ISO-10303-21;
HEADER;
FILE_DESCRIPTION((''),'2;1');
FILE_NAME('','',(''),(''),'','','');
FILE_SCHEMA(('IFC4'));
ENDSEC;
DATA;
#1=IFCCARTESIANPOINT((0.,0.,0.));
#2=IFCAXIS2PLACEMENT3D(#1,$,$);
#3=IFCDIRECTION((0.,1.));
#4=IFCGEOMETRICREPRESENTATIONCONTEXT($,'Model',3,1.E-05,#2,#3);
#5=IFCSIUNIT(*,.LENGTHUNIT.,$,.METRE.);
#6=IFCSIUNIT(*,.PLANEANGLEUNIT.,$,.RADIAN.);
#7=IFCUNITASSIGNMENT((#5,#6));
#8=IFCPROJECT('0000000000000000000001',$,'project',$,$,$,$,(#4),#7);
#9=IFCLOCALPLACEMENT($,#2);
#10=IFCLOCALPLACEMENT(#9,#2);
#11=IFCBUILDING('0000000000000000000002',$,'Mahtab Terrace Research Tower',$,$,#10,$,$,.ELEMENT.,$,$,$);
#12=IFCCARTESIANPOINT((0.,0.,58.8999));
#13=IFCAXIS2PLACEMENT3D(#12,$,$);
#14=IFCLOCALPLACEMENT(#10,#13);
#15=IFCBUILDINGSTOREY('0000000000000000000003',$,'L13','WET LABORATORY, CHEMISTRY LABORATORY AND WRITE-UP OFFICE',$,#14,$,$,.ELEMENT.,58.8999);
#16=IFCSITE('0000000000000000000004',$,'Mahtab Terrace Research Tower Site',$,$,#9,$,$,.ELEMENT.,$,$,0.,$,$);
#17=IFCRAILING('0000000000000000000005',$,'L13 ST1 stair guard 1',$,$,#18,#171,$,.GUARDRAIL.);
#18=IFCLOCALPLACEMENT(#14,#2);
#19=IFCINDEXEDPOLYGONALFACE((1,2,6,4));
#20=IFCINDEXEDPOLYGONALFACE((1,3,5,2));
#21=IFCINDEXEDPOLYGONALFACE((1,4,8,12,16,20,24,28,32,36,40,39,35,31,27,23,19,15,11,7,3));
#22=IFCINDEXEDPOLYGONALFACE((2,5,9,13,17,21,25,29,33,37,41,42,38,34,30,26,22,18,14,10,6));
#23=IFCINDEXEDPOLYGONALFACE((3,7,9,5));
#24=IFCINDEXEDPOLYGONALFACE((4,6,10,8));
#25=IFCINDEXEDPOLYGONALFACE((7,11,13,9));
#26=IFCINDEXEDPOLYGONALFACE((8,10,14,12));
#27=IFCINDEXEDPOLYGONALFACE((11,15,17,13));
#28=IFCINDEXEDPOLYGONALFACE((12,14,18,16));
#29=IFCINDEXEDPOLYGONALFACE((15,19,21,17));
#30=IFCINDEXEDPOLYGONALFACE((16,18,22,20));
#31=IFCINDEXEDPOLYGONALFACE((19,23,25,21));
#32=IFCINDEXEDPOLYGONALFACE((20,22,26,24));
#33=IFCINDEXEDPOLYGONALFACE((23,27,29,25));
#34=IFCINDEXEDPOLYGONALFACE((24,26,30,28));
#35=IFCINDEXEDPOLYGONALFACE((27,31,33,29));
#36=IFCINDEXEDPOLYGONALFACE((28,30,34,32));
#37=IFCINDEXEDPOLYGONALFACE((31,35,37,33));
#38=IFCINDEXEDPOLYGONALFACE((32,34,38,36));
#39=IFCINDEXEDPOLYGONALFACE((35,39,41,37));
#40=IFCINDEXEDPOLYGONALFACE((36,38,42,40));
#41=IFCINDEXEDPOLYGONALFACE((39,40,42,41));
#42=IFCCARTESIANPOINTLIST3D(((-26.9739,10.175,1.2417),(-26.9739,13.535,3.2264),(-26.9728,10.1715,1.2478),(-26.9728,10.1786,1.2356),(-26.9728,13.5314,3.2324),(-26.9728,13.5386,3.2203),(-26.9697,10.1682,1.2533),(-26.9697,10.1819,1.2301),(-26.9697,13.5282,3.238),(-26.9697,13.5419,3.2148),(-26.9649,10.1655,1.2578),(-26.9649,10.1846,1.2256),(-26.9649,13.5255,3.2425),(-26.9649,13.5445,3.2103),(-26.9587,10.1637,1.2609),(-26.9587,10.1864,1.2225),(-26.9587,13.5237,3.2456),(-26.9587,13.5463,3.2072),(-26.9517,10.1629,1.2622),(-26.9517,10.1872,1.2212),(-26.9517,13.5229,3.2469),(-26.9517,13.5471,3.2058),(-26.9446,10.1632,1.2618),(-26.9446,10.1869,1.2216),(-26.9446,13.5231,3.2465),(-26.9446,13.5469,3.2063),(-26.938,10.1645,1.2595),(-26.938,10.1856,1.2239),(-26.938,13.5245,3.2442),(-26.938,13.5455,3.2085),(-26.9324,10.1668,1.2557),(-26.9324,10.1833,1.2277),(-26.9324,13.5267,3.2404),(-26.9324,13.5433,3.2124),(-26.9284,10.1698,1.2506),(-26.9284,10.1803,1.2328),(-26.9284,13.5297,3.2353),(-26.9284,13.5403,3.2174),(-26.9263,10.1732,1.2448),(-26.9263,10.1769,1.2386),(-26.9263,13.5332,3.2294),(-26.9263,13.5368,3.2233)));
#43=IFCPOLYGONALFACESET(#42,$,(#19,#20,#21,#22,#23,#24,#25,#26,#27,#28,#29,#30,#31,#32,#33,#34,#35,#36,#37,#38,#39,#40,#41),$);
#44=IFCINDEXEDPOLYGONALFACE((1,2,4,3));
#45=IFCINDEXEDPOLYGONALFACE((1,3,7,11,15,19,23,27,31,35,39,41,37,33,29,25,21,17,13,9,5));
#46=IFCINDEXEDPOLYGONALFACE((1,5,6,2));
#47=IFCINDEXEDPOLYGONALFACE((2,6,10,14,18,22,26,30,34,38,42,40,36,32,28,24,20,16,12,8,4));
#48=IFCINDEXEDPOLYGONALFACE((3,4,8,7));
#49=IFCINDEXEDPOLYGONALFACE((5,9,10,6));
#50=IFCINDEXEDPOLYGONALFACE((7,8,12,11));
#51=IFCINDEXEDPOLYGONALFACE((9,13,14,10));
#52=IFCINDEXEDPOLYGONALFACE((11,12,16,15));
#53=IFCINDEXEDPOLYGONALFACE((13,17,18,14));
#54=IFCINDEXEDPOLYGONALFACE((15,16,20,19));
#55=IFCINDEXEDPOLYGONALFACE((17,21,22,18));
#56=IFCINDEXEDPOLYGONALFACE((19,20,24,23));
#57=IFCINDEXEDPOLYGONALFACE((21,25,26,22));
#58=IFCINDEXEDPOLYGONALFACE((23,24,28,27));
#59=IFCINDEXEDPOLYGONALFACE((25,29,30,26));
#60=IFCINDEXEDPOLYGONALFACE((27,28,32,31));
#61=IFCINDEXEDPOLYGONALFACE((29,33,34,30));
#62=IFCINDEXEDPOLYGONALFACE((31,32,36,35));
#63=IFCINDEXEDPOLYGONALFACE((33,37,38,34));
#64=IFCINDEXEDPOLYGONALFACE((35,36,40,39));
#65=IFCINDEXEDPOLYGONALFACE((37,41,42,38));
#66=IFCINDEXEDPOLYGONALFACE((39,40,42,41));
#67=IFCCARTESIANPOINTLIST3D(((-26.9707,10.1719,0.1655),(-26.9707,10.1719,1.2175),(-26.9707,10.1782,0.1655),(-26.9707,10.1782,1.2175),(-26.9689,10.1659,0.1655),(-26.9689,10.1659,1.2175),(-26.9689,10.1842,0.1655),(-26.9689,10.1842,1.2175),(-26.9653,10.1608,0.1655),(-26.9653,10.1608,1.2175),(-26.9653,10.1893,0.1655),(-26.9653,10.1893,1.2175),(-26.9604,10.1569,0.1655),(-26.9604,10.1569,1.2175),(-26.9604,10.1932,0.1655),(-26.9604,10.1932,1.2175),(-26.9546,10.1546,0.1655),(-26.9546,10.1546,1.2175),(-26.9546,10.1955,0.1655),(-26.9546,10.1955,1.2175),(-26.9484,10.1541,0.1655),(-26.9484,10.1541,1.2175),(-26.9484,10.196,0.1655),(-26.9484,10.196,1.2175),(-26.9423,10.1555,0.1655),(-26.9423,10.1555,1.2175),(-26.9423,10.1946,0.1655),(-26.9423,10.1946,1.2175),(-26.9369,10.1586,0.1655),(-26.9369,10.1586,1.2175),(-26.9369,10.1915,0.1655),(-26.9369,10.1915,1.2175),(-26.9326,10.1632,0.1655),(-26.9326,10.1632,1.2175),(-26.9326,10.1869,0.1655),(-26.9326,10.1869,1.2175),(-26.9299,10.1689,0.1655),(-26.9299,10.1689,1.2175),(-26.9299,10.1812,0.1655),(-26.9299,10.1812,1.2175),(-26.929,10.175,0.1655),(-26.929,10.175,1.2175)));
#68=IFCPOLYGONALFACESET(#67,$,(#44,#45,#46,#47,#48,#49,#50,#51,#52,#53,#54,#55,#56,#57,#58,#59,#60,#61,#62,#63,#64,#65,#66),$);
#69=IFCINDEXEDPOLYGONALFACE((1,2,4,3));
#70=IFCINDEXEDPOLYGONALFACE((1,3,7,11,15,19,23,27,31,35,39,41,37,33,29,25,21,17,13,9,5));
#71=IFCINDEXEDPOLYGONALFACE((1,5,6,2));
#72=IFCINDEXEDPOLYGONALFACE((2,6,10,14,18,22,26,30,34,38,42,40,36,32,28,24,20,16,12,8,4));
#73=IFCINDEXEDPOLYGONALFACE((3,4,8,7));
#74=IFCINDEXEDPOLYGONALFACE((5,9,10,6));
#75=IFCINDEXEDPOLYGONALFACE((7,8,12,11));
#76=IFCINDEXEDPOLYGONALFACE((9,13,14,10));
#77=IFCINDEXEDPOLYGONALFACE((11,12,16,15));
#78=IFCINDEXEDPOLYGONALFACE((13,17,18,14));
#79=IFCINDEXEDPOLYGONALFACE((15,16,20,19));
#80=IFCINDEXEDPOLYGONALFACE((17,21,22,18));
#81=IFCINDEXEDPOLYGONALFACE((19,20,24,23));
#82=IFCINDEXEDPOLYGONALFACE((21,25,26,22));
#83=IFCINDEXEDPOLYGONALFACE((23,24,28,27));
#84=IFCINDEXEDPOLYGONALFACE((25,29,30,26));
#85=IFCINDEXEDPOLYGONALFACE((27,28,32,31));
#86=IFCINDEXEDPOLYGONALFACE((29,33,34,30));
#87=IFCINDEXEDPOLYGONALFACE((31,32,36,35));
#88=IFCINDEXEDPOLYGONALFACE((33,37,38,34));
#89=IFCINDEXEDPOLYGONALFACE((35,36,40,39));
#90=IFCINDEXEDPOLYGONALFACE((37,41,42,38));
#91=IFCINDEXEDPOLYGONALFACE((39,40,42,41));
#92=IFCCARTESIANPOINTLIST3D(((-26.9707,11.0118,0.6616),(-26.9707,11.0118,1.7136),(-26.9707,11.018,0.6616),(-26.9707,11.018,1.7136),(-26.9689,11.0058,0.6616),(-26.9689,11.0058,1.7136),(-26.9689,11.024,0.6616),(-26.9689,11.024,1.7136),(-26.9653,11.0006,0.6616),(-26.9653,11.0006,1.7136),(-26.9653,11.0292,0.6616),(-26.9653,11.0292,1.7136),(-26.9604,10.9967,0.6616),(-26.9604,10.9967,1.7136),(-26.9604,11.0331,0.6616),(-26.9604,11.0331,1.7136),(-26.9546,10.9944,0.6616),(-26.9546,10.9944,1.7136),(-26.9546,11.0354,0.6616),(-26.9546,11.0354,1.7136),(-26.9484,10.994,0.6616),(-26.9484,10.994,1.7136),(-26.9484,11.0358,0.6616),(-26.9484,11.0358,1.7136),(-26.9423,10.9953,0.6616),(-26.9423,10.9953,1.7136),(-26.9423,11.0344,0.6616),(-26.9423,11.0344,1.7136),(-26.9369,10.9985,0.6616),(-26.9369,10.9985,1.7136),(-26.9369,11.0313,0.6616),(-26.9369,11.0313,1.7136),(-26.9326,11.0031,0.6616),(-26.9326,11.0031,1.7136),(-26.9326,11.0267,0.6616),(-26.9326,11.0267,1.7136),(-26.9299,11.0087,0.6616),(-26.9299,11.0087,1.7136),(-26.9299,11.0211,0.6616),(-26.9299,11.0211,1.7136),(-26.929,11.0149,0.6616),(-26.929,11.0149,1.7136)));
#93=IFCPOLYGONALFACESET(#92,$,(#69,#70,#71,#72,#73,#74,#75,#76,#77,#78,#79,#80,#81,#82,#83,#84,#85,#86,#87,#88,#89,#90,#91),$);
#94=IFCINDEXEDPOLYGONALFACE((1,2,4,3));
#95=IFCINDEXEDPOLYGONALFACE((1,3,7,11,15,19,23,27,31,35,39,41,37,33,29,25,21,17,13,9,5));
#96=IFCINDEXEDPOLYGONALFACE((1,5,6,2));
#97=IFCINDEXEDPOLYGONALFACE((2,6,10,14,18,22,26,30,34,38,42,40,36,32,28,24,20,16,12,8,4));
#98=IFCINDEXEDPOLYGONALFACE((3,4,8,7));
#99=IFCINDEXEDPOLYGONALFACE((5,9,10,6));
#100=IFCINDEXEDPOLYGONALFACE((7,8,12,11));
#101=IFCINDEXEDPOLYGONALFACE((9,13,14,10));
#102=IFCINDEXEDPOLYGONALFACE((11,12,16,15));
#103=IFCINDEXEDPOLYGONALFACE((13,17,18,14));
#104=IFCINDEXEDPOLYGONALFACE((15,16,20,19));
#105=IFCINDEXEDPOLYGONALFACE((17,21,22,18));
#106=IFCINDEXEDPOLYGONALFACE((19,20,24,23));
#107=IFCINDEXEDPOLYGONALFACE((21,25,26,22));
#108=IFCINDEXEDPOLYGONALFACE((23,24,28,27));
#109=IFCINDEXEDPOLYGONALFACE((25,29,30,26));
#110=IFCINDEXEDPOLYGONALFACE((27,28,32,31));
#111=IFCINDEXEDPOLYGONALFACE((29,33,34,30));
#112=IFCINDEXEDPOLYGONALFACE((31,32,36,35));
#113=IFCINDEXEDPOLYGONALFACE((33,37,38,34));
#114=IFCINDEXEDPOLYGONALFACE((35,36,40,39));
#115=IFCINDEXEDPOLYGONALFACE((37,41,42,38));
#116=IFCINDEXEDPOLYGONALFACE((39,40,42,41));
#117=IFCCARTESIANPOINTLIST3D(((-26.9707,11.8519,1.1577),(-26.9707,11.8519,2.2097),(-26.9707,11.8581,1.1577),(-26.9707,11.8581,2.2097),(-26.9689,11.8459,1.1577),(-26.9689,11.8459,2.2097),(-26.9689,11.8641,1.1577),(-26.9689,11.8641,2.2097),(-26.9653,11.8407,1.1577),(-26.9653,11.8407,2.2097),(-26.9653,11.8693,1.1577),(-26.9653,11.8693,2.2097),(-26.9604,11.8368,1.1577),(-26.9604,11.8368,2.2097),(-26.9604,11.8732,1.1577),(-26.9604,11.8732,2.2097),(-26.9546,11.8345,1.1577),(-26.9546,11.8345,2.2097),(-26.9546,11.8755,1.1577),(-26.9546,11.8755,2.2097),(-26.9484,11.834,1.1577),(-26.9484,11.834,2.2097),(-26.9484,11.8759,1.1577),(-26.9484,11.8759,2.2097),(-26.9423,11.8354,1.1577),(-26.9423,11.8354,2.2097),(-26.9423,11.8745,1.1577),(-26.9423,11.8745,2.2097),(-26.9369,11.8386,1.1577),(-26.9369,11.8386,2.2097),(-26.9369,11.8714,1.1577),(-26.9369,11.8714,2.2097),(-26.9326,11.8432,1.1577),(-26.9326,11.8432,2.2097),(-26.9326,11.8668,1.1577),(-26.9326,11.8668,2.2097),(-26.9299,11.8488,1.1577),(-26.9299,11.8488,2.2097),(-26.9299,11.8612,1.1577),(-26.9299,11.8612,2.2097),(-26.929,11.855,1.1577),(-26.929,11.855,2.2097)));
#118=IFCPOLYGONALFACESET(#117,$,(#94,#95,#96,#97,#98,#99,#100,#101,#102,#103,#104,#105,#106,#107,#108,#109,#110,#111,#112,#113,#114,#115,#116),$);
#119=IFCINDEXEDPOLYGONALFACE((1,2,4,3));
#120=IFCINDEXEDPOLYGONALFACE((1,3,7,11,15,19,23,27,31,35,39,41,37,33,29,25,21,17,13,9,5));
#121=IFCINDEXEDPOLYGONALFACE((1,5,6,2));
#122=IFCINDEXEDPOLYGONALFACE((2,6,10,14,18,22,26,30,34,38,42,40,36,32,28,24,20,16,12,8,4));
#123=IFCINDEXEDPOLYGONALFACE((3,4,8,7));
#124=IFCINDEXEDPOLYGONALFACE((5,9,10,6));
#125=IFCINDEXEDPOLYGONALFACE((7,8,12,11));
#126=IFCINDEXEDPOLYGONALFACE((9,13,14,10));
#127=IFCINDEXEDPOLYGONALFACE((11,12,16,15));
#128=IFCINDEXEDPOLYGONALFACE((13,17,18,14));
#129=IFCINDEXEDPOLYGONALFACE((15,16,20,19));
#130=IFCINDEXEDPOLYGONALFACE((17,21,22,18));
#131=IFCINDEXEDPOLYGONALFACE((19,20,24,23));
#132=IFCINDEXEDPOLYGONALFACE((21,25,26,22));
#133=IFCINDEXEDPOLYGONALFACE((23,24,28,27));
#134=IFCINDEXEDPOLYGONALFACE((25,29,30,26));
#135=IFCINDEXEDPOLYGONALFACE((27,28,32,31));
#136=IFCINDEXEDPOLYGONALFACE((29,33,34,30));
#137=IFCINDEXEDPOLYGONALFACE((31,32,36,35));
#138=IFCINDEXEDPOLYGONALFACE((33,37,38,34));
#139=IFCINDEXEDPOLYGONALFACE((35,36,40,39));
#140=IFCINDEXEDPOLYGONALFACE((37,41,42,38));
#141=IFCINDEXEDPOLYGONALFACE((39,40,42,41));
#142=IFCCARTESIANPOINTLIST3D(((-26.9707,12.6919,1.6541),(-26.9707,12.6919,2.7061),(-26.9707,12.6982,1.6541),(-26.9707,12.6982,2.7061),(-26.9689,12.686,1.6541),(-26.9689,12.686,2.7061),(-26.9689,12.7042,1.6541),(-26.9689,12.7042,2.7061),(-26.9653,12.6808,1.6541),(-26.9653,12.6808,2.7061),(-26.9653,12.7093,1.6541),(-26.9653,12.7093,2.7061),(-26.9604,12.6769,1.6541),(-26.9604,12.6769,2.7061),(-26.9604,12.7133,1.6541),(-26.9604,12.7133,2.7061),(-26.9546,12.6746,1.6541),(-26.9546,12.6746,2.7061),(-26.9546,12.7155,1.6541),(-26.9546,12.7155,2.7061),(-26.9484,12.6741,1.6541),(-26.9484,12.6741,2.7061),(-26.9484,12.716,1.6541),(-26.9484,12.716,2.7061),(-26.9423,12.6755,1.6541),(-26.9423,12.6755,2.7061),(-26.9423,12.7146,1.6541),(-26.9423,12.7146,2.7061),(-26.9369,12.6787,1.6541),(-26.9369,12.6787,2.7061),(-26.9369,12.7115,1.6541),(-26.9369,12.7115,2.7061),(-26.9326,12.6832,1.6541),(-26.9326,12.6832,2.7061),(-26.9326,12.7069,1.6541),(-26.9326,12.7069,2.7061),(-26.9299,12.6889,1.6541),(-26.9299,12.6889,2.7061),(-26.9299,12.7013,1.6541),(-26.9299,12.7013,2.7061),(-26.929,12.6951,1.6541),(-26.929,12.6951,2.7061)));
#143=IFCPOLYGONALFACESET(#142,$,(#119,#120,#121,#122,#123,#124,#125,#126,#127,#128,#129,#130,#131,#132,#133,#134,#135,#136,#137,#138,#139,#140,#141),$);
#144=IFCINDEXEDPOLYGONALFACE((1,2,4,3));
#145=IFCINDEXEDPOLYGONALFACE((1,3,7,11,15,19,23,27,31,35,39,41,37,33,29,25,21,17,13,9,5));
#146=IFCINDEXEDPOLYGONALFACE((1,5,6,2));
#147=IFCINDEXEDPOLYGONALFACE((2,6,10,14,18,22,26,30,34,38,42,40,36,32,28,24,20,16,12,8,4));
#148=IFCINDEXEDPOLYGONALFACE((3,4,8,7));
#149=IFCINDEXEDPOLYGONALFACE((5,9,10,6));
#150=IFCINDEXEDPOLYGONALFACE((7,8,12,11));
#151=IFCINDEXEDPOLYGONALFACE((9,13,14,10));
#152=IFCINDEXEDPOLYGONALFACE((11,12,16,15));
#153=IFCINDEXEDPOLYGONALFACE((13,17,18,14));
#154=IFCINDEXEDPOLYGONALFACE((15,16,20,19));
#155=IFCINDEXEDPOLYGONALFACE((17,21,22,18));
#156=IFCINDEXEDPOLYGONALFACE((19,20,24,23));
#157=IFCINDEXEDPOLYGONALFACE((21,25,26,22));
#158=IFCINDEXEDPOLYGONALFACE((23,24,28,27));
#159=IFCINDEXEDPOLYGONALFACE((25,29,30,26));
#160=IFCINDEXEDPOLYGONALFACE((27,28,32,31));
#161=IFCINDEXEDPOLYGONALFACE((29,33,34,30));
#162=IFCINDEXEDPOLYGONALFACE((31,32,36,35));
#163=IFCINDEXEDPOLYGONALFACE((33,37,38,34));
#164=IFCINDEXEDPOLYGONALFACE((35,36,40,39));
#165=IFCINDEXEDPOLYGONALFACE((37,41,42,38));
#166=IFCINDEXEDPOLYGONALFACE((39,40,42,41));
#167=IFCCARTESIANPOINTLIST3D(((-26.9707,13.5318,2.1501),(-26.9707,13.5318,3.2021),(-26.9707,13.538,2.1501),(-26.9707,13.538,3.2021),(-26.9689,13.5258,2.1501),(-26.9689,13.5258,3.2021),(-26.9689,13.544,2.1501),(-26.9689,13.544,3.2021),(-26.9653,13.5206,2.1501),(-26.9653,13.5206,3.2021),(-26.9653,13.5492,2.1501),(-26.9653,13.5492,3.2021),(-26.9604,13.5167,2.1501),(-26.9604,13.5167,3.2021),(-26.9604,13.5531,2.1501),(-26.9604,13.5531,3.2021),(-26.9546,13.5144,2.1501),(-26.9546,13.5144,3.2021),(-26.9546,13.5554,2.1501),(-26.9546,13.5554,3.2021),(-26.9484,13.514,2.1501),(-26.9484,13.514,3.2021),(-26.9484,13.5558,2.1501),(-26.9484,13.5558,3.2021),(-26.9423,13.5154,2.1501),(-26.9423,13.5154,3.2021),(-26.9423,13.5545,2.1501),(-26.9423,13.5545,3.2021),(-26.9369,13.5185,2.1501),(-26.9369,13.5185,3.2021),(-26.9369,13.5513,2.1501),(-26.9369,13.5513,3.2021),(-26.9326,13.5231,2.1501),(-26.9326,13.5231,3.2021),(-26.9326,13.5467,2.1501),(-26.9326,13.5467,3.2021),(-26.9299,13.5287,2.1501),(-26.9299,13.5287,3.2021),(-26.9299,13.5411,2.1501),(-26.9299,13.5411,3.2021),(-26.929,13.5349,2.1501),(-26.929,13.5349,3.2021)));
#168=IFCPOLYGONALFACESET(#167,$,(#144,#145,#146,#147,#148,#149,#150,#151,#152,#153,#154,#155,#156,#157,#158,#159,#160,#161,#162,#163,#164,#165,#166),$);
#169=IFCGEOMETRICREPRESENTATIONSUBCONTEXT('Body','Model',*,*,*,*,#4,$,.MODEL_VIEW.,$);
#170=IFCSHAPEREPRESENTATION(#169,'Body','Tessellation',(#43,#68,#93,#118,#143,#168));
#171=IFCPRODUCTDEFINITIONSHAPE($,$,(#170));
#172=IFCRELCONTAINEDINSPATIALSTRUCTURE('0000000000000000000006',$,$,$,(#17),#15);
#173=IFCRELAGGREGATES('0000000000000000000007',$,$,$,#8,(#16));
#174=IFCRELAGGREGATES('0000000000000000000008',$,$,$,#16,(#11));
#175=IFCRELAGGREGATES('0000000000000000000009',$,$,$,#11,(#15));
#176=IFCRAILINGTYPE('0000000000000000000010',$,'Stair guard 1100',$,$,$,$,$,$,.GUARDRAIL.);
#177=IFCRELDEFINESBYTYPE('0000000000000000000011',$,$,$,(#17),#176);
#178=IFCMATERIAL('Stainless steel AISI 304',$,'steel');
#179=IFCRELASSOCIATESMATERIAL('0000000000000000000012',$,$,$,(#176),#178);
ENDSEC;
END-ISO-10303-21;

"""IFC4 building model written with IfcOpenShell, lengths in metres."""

from ifc_helpers import new_model, si_unit, direction, frame, origin, origin_2d, place, context, subcontext, project, spatial, circle, extrude, material, type_object, element, save


model = new_model("IFC4")

# Units and contexts
model_context = context("Model", 3, precision=1e-05, world=origin(), true_north=direction((0.0, 1.0)))
body_context = subcontext(model_context, "Body", "Model", "MODEL_VIEW")
ifc_project = project(units=[si_unit("LENGTHUNIT", "METRE"), si_unit("PLANEANGLEUNIT", "RADIAN")], contexts=[model_context])

# Site, building, storey
site_placement = place(None, origin())
site = spatial("IfcSite", under=ifc_project, at=site_placement, Name="Mahtab Terrace Research Tower Site", CompositionType="ELEMENT", RefElevation=0.0)
building_placement = place(site_placement, origin())
building = spatial("IfcBuilding", under=site, at=building_placement, Name="Mahtab Terrace Research Tower", CompositionType="ELEMENT")
storey_placement = place(building_placement, frame((0.0, 0.0, 58.8999)))
storey = spatial("IfcBuildingStorey", under=building, at=storey_placement, Name="L13", Description="WET LABORATORY, CHEMISTRY LABORATORY AND WRITE-UP OFFICE", CompositionType="ELEMENT", Elevation=58.8999)

# Railing
ifc_material_1 = material(Name="Stainless steel AISI 304", Category="steel")
railing_type_1 = type_object("IfcRailingType", Name="Stair guard 1100", PredefinedType="GUARDRAIL", material=ifc_material_1)
railing_1_placement = place(storey_placement, frame((-26.95, 10.175, 0.1655)))
element("IfcRailing", 1, at=railing_1_placement, inside=storey, type_object=railing_type_1, Name="L13 ST1 stair guard 1", PredefinedType="GUARDRAIL", context=body_context, shape_type="SweptSolid", body=[
    extrude(circle(Radius=0.0239, at=origin_2d()), frame((0.0, 0.0, 1.0762), z_axis=(0.0, 0.861011, 0.508586), x_axis=(-1.0, 0.0, 0.0)), (0.0, 0.0, 1.0), 3.9023),
    extrude(circle(Radius=0.021, at=origin_2d()), origin(), (0.0, 0.0, 1.0), 1.052),
    extrude(circle(Radius=0.021, at=origin_2d()), frame((0.0, 0.8398, 0.4961)), (0.0, 0.0, 1.0), 1.052),
    extrude(circle(Radius=0.021, at=origin_2d()), frame((0.0, 1.6799, 0.9922)), (0.0, 0.0, 1.0), 1.052),
    extrude(circle(Radius=0.021, at=origin_2d()), frame((0.0, 2.52, 1.4885)), (0.0, 0.0, 1.0), 1.052),
    extrude(circle(Radius=0.021, at=origin_2d()), frame((0.0, 3.3599, 1.9846)), (0.0, 0.0, 1.0), 1.052),
])

save(model, "model.ifc")
